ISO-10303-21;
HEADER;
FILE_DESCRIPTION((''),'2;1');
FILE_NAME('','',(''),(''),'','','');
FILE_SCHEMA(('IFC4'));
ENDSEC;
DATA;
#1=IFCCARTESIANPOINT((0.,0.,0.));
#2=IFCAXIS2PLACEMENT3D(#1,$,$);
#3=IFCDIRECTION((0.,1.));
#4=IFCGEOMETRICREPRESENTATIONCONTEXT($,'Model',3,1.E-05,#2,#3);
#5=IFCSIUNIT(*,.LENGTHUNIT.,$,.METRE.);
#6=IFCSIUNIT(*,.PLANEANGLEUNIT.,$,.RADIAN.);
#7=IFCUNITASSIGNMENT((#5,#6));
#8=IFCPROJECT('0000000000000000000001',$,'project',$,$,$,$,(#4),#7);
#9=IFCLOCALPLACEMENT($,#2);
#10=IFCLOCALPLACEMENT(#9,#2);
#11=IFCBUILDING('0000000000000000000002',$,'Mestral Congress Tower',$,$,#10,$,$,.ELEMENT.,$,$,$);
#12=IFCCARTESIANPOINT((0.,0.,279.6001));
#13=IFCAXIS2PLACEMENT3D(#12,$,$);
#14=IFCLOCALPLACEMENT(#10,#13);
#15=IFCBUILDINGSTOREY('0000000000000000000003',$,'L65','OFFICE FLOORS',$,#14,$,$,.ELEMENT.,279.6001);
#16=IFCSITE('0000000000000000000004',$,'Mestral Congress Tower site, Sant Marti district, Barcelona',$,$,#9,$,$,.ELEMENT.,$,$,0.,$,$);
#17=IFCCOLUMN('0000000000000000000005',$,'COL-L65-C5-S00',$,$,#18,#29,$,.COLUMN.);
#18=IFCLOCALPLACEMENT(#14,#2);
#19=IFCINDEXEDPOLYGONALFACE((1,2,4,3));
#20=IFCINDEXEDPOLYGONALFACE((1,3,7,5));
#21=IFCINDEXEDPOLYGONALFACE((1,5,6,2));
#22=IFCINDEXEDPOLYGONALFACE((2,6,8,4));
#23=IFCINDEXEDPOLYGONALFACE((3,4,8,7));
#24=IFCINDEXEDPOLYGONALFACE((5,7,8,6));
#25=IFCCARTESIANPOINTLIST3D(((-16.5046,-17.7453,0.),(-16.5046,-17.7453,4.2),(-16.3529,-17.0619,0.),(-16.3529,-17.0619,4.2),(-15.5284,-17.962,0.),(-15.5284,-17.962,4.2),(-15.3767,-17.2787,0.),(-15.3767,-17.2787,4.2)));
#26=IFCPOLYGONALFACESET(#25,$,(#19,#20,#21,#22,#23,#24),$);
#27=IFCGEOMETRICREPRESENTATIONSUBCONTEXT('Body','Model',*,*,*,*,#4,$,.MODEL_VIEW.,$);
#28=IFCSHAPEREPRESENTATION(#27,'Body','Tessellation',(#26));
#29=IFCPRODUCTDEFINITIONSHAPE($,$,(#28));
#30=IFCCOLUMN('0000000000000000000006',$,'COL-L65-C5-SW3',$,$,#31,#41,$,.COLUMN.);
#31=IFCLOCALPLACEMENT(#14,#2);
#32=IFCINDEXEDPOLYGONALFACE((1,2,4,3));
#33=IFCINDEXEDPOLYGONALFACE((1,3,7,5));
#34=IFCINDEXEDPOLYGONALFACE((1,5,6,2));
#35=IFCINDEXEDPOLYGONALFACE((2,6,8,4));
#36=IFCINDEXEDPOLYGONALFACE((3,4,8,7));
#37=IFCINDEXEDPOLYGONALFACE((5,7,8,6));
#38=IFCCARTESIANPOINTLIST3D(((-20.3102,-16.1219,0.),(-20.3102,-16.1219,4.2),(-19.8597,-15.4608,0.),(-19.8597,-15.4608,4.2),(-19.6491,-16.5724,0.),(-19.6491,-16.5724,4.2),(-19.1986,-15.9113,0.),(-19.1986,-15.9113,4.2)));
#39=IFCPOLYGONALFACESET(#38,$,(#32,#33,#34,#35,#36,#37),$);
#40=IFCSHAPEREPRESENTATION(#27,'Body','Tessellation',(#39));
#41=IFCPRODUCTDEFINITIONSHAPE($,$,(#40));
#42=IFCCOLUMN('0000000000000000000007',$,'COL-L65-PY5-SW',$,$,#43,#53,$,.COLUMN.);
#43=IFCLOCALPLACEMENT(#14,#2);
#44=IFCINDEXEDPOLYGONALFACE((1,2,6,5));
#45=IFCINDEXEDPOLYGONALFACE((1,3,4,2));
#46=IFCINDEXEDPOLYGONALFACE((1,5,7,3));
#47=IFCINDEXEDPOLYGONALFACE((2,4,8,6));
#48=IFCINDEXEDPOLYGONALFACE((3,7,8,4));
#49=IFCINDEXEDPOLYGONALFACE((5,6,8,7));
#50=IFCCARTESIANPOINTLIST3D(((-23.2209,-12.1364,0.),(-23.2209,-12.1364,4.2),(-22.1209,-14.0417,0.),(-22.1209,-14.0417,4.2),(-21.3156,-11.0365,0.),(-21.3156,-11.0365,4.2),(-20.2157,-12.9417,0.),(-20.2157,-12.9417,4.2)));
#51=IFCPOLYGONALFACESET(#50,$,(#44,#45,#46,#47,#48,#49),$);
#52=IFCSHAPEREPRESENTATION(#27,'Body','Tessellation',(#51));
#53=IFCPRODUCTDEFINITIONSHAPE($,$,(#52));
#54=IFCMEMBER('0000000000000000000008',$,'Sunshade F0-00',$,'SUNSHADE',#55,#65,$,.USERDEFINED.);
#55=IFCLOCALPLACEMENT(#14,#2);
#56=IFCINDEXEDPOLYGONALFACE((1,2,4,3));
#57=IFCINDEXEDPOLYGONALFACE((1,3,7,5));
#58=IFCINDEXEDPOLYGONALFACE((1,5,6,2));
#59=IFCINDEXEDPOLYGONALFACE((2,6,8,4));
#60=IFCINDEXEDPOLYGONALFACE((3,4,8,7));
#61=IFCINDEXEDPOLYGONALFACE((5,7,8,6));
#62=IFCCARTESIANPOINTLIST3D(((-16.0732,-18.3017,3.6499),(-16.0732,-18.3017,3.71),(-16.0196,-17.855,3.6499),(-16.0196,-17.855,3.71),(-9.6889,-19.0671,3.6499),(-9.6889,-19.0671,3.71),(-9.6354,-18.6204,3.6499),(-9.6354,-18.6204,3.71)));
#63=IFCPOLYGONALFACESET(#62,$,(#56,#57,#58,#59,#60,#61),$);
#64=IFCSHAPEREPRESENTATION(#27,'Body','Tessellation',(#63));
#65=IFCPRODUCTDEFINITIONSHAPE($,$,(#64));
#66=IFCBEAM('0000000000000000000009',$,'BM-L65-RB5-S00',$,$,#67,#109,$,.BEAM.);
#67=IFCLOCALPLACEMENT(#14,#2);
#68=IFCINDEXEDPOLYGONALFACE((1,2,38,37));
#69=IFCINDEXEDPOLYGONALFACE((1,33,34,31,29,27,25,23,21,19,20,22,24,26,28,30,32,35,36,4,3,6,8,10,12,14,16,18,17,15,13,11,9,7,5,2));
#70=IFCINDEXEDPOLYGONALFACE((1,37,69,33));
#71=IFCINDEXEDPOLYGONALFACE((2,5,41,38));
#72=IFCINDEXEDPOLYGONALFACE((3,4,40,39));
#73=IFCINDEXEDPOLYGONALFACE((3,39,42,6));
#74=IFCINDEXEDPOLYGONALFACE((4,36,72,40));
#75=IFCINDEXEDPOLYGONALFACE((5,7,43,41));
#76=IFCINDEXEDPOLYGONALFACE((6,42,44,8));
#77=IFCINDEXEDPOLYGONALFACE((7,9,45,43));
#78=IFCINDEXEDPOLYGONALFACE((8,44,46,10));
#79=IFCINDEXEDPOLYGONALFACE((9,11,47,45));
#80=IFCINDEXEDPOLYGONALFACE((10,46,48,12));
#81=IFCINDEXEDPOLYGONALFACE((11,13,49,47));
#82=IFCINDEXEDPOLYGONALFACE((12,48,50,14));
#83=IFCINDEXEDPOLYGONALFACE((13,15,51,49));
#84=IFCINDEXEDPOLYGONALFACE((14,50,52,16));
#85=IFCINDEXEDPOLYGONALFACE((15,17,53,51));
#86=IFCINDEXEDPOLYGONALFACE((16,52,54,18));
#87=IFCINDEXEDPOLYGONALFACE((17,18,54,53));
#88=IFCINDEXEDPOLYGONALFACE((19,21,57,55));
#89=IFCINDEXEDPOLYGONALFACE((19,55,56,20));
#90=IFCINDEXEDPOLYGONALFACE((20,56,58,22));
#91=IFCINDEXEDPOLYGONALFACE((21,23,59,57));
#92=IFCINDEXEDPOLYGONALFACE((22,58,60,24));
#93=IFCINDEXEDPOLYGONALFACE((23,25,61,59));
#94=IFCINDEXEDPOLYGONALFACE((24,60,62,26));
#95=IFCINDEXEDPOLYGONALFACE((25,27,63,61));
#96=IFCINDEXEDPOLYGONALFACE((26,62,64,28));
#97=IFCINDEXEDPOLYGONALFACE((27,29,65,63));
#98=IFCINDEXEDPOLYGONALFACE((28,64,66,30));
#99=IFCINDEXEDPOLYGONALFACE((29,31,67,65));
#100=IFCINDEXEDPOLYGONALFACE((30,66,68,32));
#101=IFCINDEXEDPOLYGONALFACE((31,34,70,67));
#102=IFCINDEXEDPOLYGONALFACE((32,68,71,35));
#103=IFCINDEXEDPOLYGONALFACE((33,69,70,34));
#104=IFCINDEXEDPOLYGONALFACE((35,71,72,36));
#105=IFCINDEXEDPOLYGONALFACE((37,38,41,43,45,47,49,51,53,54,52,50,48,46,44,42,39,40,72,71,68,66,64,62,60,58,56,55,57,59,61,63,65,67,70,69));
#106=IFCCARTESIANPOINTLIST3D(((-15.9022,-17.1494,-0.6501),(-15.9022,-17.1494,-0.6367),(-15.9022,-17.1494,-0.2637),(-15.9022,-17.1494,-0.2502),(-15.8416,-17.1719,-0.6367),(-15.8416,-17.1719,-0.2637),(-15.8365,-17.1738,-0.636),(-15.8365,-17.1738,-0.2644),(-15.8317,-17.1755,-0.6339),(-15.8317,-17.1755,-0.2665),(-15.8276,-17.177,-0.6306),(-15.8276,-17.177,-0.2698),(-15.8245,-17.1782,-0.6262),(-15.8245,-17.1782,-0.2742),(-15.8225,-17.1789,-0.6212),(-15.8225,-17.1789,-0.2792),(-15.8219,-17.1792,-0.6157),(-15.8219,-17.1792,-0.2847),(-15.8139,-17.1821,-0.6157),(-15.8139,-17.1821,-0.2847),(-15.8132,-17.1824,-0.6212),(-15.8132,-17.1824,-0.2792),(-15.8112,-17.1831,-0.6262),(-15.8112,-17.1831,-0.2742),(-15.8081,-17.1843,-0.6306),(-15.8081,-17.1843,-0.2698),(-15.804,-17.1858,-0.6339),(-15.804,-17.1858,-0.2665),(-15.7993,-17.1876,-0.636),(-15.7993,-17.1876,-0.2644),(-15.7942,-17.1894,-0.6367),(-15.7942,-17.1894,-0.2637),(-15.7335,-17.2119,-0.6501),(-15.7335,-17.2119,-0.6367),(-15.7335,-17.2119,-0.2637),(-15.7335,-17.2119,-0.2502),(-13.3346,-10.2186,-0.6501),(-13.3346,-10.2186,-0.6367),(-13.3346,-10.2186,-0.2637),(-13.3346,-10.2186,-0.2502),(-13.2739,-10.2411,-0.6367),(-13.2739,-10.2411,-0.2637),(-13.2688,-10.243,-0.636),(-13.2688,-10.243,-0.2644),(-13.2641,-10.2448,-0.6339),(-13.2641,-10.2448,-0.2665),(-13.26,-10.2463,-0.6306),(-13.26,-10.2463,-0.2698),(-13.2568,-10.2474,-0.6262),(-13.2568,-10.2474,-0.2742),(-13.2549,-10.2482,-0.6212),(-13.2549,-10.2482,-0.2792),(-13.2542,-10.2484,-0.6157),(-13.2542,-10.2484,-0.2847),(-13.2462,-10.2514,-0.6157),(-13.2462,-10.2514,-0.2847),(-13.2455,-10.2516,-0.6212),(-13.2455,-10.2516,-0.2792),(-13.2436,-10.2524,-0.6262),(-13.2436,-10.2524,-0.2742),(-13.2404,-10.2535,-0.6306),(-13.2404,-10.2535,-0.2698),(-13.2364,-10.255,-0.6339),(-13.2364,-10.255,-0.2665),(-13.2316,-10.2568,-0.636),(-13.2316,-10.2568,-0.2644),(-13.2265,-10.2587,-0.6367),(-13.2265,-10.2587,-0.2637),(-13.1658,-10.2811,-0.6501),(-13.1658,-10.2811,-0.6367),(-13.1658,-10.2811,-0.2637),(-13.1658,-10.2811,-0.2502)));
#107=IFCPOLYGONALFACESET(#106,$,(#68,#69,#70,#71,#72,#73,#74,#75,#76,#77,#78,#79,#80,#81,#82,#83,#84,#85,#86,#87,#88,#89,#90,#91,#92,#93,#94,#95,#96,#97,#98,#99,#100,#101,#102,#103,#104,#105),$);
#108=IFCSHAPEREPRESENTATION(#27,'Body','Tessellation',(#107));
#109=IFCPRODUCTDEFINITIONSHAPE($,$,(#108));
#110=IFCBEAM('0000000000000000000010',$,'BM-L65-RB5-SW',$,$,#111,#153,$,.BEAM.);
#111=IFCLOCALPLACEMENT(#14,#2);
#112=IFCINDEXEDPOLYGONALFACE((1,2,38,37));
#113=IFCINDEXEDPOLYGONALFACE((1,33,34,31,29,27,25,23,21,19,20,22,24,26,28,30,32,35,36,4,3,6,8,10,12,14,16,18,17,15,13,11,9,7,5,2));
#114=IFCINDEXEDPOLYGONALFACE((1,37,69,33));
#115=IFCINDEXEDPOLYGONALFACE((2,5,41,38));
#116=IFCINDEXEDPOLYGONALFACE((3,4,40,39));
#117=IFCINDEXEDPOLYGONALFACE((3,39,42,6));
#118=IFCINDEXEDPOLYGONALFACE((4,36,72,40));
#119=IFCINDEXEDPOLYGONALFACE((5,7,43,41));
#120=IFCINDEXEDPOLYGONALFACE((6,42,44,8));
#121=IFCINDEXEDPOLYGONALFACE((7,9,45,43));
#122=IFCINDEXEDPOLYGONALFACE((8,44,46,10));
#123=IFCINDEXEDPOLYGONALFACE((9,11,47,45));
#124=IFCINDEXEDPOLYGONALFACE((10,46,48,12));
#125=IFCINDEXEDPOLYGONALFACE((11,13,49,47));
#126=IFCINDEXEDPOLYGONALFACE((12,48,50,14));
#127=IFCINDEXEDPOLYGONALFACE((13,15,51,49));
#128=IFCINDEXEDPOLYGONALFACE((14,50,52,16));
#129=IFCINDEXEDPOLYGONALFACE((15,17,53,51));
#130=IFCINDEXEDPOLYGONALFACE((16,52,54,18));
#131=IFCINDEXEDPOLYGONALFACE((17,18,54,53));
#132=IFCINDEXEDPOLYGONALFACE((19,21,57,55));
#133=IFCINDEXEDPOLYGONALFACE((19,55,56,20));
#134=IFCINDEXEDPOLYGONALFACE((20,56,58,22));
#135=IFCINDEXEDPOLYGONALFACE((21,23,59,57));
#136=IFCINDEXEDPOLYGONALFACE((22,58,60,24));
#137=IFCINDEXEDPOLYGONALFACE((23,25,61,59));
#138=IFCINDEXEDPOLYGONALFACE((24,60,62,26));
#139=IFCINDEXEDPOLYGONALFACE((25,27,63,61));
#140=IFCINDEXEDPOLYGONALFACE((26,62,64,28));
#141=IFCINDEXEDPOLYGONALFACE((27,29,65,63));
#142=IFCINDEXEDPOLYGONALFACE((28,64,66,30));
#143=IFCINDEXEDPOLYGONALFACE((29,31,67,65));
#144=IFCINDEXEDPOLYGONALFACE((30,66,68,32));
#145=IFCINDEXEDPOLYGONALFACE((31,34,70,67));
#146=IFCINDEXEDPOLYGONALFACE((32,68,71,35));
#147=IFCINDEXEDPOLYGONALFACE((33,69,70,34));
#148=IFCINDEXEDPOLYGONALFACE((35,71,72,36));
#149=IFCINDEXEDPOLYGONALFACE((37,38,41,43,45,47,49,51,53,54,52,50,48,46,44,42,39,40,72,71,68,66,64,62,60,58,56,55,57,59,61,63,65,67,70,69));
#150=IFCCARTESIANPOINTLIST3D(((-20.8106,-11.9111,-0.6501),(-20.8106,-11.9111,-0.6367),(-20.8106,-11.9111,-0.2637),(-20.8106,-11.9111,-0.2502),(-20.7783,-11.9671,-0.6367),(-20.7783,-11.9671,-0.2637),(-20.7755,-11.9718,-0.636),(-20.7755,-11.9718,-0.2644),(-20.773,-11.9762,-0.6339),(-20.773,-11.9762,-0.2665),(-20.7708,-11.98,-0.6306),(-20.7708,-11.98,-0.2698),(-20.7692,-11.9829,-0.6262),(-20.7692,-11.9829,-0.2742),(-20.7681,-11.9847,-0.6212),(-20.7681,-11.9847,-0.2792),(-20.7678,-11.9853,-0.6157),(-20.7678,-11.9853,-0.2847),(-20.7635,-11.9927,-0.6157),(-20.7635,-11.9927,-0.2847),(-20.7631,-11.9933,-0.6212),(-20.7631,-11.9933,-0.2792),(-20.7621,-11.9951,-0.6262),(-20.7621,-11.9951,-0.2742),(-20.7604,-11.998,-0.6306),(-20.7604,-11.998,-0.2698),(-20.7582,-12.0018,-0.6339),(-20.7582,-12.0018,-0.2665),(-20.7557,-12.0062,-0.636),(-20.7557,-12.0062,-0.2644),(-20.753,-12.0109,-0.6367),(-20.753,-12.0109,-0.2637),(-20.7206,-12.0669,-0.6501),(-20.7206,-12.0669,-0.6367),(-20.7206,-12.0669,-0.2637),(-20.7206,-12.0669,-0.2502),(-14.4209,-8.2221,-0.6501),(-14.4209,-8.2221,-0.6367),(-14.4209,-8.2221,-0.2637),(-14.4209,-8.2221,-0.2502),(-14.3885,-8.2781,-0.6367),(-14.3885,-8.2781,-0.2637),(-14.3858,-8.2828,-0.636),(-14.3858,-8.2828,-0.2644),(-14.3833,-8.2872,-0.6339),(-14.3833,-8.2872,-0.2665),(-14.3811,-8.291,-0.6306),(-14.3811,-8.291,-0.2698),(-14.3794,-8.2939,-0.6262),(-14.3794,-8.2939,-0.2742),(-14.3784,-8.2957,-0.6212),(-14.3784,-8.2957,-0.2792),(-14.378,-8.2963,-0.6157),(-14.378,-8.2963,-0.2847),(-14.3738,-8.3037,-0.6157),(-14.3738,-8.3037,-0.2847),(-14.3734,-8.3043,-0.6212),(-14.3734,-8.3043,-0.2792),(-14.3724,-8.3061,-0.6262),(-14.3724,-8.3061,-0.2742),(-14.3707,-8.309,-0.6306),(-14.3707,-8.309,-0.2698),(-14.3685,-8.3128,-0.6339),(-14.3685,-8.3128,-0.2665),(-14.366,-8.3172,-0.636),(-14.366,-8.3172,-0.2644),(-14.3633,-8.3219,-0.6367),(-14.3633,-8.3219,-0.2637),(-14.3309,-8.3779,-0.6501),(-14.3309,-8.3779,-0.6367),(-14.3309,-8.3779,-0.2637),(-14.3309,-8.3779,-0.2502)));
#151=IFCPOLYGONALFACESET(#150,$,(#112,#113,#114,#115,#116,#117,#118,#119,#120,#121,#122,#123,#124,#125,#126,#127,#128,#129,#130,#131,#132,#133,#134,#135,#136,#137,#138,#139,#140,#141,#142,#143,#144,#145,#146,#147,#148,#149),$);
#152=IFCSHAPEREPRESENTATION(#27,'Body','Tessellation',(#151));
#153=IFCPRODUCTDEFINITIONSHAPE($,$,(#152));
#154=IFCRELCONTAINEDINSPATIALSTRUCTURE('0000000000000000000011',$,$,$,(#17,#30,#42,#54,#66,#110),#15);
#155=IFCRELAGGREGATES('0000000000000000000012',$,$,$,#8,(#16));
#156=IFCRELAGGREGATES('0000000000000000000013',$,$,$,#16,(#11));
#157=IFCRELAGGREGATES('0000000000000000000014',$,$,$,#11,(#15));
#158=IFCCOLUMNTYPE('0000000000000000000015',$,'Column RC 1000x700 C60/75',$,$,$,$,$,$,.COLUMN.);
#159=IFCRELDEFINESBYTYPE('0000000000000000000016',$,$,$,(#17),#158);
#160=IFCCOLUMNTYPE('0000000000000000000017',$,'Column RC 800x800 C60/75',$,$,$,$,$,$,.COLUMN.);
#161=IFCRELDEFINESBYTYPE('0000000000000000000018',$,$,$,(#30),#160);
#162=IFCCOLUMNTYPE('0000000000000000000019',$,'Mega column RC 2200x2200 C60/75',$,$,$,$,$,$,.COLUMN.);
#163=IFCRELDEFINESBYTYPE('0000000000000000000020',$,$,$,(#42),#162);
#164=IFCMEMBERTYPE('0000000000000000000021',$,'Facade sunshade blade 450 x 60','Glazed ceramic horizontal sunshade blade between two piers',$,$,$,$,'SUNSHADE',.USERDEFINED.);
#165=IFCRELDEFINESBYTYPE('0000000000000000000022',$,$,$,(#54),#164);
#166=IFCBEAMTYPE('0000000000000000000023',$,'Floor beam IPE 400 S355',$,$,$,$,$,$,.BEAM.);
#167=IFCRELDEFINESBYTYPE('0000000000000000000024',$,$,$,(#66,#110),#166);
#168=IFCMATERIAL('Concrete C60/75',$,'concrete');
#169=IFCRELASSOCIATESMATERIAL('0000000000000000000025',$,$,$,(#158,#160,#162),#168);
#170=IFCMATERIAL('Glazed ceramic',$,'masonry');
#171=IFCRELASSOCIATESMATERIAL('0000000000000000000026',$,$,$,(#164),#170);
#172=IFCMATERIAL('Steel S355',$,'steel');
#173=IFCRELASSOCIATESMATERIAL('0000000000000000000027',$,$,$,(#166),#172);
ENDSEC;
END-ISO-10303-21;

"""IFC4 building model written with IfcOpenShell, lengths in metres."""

from ifc_helpers import new_model, si_unit, direction, frame, origin, origin_2d, place, context, subcontext, project, spatial, rectangle, i_section, extrude, material, material_profile, profile_set, type_object, element, save


model = new_model("IFC4")

# Units and contexts
model_context = context("Model", 3, precision=1e-05, world=origin(), true_north=direction((0.0, 1.0)))
body_context = subcontext(model_context, "Body", "Model", "MODEL_VIEW")
ifc_project = project(units=[si_unit("LENGTHUNIT", "METRE"), si_unit("PLANEANGLEUNIT", "RADIAN")], contexts=[model_context])

# Site, building, storey
site_placement = place(None, origin())
site = spatial("IfcSite", under=ifc_project, at=site_placement, Name="Mestral Congress Tower site, Sant Marti district, Barcelona", CompositionType="ELEMENT", RefElevation=0.0)
building_placement = place(site_placement, origin())
building = spatial("IfcBuilding", under=site, at=building_placement, Name="Mestral Congress Tower", CompositionType="ELEMENT")
storey_placement = place(building_placement, frame((0.0, 0.0, 279.6001)))
storey = spatial("IfcBuildingStorey", under=building, at=storey_placement, Name="L65", Description="OFFICE FLOORS", CompositionType="ELEMENT", Elevation=279.6001)

# Columns
ifc_material_1 = material(Name="Concrete C60/75", Category="concrete")
ifc_material_profile_1 = material_profile(ifc_material_1, rectangle(XDim=1.0, YDim=0.7, at=origin_2d()), Name="RC 1000x700")
ifc_profile_set_1 = profile_set([ifc_material_profile_1], Name="Concrete C60/75")
column_type_1 = type_object("IfcColumnType", Name="Column RC 1000x700 C60/75", PredefinedType="COLUMN", material=ifc_profile_set_1)
column_1_placement = place(storey_placement, frame((-15.9407, -17.512, 0.0), z_axis=(0.0, 0.0, 1.0), x_axis=(0.976234, -0.216721, 0.0)))
element("IfcColumn", 1, at=column_1_placement, inside=storey, type_object=column_type_1, Name="COL-L65-C5-S00", PredefinedType="COLUMN", context=body_context, shape_type="SweptSolid", body=[
    extrude(rectangle(XDim=1.0, YDim=0.7, at=origin_2d()), origin(), (0.0, 0.0, 1.0), 4.2),
])
ifc_material_profile_2 = material_profile(ifc_material_1, rectangle(XDim=0.8, YDim=0.8, at=origin_2d()), Name="RC 800x800")
ifc_profile_set_2 = profile_set([ifc_material_profile_2], Name="Concrete C60/75")
column_type_2 = type_object("IfcColumnType", Name="Column RC 800x800 C60/75", PredefinedType="COLUMN", material=ifc_profile_set_2)
column_2_placement = place(storey_placement, frame((-19.7544, -16.0166, 0.0), z_axis=(0.0, 0.0, 1.0), x_axis=(0.826363, -0.563138, 0.0)))
element("IfcColumn", 2, at=column_2_placement, inside=storey, type_object=column_type_2, Name="COL-L65-C5-SW3", PredefinedType="COLUMN", context=body_context, shape_type="SweptSolid", body=[
    extrude(rectangle(XDim=0.8, YDim=0.8, at=origin_2d()), origin(), (0.0, 0.0, 1.0), 4.2),
])
ifc_material_profile_3 = material_profile(ifc_material_1, rectangle(XDim=2.2, YDim=2.2, at=origin_2d()), Name="RC 2200x2200")
ifc_profile_set_3 = profile_set([ifc_material_profile_3], Name="Concrete C60/75")
column_type_3 = type_object("IfcColumnType", Name="Mega column RC 2200x2200 C60/75", PredefinedType="COLUMN", material=ifc_profile_set_3)
column_3_placement = place(storey_placement, frame((-21.7183, -12.5391, 0.0), z_axis=(0.0, 0.0, 1.0), x_axis=(-0.866025, -0.5, 0.0)))
element("IfcColumn", 3, at=column_3_placement, inside=storey, type_object=column_type_3, Name="COL-L65-PY5-SW", PredefinedType="COLUMN", context=body_context, shape_type="SweptSolid", body=[
    extrude(rectangle(XDim=2.2, YDim=2.2, at=origin_2d()), origin(), (0.0, 0.0, 1.0), 4.2),
])

# Member
ifc_material_2 = material(Name="Glazed ceramic", Category="masonry")
ifc_material_profile_4 = material_profile(ifc_material_2, rectangle(XDim=0.45, YDim=0.0601, at=origin_2d()), Name="Ceramic blade 450 x 60")
ifc_profile_set_4 = profile_set([ifc_material_profile_4], Name="Glazed ceramic")
member_type = type_object("IfcMemberType", Name="Facade sunshade blade 450 x 60", Description="Glazed ceramic horizontal sunshade blade between two piers", ElementType="SUNSHADE", PredefinedType="USERDEFINED", material=ifc_profile_set_4)
member_placement = place(storey_placement, frame((-16.0464, -18.0784, 3.6799), z_axis=(0.99289, -0.119033, 0.0), x_axis=(0.119033, 0.99289, 0.0)))
element("IfcMember", 4, at=member_placement, inside=storey, type_object=member_type, Name="Sunshade F0-00", ObjectType="SUNSHADE", PredefinedType="USERDEFINED", context=body_context, shape_type="SweptSolid", body=[
    extrude(rectangle(XDim=0.45, YDim=0.0601, at=origin_2d()), origin(), (0.0, 0.0, 1.0), 6.4299),
])

# Beams
ifc_material_3 = material(Name="Steel S355", Category="steel")
ifc_material_profile_5 = material_profile(ifc_material_3, i_section(OverallWidth=0.1799, OverallDepth=0.3999, WebThickness=0.0085, FlangeThickness=0.0134, FilletRadius=0.021, at=origin_2d()), Name="IPE 400")
ifc_profile_set_5 = profile_set([ifc_material_profile_5], Name="Steel S355")
beam_type_1 = type_object("IfcBeamType", Name="Floor beam IPE 400 S355", PredefinedType="BEAM", material=ifc_profile_set_5)
beam_1_placement = place(storey_placement, frame((-15.8179, -17.1807, -0.4502), z_axis=(0.347399, 0.937717, 0.0), x_axis=(-0.937717, 0.347399, 0.0)))
element("IfcBeam", 5, at=beam_1_placement, inside=storey, type_object=beam_type_1, Name="BM-L65-RB5-S00", PredefinedType="BEAM", context=body_context, shape_type="SweptSolid", body=[
    extrude(i_section(OverallWidth=0.1799, OverallDepth=0.3999, WebThickness=0.0085, FlangeThickness=0.0134, FilletRadius=0.021, at=origin_2d()), origin(), (0.0, 0.0, 1.0), 7.3911),
])
beam_2_placement = place(storey_placement, frame((-20.7656, -11.989, -0.4502), z_axis=(0.866031, 0.49999, 0.0), x_axis=(-0.49999, 0.866031, 0.0)))
element("IfcBeam", 6, at=beam_2_placement, inside=storey, type_object=beam_type_1, Name="BM-L65-RB5-SW", PredefinedType="BEAM", context=body_context, shape_type="SweptSolid", body=[
    extrude(i_section(OverallWidth=0.1799, OverallDepth=0.3999, WebThickness=0.0085, FlangeThickness=0.0134, FilletRadius=0.021, at=origin_2d()), origin(), (0.0, 0.0, 1.0), 7.3782),
])

save(model, "model.ifc")
